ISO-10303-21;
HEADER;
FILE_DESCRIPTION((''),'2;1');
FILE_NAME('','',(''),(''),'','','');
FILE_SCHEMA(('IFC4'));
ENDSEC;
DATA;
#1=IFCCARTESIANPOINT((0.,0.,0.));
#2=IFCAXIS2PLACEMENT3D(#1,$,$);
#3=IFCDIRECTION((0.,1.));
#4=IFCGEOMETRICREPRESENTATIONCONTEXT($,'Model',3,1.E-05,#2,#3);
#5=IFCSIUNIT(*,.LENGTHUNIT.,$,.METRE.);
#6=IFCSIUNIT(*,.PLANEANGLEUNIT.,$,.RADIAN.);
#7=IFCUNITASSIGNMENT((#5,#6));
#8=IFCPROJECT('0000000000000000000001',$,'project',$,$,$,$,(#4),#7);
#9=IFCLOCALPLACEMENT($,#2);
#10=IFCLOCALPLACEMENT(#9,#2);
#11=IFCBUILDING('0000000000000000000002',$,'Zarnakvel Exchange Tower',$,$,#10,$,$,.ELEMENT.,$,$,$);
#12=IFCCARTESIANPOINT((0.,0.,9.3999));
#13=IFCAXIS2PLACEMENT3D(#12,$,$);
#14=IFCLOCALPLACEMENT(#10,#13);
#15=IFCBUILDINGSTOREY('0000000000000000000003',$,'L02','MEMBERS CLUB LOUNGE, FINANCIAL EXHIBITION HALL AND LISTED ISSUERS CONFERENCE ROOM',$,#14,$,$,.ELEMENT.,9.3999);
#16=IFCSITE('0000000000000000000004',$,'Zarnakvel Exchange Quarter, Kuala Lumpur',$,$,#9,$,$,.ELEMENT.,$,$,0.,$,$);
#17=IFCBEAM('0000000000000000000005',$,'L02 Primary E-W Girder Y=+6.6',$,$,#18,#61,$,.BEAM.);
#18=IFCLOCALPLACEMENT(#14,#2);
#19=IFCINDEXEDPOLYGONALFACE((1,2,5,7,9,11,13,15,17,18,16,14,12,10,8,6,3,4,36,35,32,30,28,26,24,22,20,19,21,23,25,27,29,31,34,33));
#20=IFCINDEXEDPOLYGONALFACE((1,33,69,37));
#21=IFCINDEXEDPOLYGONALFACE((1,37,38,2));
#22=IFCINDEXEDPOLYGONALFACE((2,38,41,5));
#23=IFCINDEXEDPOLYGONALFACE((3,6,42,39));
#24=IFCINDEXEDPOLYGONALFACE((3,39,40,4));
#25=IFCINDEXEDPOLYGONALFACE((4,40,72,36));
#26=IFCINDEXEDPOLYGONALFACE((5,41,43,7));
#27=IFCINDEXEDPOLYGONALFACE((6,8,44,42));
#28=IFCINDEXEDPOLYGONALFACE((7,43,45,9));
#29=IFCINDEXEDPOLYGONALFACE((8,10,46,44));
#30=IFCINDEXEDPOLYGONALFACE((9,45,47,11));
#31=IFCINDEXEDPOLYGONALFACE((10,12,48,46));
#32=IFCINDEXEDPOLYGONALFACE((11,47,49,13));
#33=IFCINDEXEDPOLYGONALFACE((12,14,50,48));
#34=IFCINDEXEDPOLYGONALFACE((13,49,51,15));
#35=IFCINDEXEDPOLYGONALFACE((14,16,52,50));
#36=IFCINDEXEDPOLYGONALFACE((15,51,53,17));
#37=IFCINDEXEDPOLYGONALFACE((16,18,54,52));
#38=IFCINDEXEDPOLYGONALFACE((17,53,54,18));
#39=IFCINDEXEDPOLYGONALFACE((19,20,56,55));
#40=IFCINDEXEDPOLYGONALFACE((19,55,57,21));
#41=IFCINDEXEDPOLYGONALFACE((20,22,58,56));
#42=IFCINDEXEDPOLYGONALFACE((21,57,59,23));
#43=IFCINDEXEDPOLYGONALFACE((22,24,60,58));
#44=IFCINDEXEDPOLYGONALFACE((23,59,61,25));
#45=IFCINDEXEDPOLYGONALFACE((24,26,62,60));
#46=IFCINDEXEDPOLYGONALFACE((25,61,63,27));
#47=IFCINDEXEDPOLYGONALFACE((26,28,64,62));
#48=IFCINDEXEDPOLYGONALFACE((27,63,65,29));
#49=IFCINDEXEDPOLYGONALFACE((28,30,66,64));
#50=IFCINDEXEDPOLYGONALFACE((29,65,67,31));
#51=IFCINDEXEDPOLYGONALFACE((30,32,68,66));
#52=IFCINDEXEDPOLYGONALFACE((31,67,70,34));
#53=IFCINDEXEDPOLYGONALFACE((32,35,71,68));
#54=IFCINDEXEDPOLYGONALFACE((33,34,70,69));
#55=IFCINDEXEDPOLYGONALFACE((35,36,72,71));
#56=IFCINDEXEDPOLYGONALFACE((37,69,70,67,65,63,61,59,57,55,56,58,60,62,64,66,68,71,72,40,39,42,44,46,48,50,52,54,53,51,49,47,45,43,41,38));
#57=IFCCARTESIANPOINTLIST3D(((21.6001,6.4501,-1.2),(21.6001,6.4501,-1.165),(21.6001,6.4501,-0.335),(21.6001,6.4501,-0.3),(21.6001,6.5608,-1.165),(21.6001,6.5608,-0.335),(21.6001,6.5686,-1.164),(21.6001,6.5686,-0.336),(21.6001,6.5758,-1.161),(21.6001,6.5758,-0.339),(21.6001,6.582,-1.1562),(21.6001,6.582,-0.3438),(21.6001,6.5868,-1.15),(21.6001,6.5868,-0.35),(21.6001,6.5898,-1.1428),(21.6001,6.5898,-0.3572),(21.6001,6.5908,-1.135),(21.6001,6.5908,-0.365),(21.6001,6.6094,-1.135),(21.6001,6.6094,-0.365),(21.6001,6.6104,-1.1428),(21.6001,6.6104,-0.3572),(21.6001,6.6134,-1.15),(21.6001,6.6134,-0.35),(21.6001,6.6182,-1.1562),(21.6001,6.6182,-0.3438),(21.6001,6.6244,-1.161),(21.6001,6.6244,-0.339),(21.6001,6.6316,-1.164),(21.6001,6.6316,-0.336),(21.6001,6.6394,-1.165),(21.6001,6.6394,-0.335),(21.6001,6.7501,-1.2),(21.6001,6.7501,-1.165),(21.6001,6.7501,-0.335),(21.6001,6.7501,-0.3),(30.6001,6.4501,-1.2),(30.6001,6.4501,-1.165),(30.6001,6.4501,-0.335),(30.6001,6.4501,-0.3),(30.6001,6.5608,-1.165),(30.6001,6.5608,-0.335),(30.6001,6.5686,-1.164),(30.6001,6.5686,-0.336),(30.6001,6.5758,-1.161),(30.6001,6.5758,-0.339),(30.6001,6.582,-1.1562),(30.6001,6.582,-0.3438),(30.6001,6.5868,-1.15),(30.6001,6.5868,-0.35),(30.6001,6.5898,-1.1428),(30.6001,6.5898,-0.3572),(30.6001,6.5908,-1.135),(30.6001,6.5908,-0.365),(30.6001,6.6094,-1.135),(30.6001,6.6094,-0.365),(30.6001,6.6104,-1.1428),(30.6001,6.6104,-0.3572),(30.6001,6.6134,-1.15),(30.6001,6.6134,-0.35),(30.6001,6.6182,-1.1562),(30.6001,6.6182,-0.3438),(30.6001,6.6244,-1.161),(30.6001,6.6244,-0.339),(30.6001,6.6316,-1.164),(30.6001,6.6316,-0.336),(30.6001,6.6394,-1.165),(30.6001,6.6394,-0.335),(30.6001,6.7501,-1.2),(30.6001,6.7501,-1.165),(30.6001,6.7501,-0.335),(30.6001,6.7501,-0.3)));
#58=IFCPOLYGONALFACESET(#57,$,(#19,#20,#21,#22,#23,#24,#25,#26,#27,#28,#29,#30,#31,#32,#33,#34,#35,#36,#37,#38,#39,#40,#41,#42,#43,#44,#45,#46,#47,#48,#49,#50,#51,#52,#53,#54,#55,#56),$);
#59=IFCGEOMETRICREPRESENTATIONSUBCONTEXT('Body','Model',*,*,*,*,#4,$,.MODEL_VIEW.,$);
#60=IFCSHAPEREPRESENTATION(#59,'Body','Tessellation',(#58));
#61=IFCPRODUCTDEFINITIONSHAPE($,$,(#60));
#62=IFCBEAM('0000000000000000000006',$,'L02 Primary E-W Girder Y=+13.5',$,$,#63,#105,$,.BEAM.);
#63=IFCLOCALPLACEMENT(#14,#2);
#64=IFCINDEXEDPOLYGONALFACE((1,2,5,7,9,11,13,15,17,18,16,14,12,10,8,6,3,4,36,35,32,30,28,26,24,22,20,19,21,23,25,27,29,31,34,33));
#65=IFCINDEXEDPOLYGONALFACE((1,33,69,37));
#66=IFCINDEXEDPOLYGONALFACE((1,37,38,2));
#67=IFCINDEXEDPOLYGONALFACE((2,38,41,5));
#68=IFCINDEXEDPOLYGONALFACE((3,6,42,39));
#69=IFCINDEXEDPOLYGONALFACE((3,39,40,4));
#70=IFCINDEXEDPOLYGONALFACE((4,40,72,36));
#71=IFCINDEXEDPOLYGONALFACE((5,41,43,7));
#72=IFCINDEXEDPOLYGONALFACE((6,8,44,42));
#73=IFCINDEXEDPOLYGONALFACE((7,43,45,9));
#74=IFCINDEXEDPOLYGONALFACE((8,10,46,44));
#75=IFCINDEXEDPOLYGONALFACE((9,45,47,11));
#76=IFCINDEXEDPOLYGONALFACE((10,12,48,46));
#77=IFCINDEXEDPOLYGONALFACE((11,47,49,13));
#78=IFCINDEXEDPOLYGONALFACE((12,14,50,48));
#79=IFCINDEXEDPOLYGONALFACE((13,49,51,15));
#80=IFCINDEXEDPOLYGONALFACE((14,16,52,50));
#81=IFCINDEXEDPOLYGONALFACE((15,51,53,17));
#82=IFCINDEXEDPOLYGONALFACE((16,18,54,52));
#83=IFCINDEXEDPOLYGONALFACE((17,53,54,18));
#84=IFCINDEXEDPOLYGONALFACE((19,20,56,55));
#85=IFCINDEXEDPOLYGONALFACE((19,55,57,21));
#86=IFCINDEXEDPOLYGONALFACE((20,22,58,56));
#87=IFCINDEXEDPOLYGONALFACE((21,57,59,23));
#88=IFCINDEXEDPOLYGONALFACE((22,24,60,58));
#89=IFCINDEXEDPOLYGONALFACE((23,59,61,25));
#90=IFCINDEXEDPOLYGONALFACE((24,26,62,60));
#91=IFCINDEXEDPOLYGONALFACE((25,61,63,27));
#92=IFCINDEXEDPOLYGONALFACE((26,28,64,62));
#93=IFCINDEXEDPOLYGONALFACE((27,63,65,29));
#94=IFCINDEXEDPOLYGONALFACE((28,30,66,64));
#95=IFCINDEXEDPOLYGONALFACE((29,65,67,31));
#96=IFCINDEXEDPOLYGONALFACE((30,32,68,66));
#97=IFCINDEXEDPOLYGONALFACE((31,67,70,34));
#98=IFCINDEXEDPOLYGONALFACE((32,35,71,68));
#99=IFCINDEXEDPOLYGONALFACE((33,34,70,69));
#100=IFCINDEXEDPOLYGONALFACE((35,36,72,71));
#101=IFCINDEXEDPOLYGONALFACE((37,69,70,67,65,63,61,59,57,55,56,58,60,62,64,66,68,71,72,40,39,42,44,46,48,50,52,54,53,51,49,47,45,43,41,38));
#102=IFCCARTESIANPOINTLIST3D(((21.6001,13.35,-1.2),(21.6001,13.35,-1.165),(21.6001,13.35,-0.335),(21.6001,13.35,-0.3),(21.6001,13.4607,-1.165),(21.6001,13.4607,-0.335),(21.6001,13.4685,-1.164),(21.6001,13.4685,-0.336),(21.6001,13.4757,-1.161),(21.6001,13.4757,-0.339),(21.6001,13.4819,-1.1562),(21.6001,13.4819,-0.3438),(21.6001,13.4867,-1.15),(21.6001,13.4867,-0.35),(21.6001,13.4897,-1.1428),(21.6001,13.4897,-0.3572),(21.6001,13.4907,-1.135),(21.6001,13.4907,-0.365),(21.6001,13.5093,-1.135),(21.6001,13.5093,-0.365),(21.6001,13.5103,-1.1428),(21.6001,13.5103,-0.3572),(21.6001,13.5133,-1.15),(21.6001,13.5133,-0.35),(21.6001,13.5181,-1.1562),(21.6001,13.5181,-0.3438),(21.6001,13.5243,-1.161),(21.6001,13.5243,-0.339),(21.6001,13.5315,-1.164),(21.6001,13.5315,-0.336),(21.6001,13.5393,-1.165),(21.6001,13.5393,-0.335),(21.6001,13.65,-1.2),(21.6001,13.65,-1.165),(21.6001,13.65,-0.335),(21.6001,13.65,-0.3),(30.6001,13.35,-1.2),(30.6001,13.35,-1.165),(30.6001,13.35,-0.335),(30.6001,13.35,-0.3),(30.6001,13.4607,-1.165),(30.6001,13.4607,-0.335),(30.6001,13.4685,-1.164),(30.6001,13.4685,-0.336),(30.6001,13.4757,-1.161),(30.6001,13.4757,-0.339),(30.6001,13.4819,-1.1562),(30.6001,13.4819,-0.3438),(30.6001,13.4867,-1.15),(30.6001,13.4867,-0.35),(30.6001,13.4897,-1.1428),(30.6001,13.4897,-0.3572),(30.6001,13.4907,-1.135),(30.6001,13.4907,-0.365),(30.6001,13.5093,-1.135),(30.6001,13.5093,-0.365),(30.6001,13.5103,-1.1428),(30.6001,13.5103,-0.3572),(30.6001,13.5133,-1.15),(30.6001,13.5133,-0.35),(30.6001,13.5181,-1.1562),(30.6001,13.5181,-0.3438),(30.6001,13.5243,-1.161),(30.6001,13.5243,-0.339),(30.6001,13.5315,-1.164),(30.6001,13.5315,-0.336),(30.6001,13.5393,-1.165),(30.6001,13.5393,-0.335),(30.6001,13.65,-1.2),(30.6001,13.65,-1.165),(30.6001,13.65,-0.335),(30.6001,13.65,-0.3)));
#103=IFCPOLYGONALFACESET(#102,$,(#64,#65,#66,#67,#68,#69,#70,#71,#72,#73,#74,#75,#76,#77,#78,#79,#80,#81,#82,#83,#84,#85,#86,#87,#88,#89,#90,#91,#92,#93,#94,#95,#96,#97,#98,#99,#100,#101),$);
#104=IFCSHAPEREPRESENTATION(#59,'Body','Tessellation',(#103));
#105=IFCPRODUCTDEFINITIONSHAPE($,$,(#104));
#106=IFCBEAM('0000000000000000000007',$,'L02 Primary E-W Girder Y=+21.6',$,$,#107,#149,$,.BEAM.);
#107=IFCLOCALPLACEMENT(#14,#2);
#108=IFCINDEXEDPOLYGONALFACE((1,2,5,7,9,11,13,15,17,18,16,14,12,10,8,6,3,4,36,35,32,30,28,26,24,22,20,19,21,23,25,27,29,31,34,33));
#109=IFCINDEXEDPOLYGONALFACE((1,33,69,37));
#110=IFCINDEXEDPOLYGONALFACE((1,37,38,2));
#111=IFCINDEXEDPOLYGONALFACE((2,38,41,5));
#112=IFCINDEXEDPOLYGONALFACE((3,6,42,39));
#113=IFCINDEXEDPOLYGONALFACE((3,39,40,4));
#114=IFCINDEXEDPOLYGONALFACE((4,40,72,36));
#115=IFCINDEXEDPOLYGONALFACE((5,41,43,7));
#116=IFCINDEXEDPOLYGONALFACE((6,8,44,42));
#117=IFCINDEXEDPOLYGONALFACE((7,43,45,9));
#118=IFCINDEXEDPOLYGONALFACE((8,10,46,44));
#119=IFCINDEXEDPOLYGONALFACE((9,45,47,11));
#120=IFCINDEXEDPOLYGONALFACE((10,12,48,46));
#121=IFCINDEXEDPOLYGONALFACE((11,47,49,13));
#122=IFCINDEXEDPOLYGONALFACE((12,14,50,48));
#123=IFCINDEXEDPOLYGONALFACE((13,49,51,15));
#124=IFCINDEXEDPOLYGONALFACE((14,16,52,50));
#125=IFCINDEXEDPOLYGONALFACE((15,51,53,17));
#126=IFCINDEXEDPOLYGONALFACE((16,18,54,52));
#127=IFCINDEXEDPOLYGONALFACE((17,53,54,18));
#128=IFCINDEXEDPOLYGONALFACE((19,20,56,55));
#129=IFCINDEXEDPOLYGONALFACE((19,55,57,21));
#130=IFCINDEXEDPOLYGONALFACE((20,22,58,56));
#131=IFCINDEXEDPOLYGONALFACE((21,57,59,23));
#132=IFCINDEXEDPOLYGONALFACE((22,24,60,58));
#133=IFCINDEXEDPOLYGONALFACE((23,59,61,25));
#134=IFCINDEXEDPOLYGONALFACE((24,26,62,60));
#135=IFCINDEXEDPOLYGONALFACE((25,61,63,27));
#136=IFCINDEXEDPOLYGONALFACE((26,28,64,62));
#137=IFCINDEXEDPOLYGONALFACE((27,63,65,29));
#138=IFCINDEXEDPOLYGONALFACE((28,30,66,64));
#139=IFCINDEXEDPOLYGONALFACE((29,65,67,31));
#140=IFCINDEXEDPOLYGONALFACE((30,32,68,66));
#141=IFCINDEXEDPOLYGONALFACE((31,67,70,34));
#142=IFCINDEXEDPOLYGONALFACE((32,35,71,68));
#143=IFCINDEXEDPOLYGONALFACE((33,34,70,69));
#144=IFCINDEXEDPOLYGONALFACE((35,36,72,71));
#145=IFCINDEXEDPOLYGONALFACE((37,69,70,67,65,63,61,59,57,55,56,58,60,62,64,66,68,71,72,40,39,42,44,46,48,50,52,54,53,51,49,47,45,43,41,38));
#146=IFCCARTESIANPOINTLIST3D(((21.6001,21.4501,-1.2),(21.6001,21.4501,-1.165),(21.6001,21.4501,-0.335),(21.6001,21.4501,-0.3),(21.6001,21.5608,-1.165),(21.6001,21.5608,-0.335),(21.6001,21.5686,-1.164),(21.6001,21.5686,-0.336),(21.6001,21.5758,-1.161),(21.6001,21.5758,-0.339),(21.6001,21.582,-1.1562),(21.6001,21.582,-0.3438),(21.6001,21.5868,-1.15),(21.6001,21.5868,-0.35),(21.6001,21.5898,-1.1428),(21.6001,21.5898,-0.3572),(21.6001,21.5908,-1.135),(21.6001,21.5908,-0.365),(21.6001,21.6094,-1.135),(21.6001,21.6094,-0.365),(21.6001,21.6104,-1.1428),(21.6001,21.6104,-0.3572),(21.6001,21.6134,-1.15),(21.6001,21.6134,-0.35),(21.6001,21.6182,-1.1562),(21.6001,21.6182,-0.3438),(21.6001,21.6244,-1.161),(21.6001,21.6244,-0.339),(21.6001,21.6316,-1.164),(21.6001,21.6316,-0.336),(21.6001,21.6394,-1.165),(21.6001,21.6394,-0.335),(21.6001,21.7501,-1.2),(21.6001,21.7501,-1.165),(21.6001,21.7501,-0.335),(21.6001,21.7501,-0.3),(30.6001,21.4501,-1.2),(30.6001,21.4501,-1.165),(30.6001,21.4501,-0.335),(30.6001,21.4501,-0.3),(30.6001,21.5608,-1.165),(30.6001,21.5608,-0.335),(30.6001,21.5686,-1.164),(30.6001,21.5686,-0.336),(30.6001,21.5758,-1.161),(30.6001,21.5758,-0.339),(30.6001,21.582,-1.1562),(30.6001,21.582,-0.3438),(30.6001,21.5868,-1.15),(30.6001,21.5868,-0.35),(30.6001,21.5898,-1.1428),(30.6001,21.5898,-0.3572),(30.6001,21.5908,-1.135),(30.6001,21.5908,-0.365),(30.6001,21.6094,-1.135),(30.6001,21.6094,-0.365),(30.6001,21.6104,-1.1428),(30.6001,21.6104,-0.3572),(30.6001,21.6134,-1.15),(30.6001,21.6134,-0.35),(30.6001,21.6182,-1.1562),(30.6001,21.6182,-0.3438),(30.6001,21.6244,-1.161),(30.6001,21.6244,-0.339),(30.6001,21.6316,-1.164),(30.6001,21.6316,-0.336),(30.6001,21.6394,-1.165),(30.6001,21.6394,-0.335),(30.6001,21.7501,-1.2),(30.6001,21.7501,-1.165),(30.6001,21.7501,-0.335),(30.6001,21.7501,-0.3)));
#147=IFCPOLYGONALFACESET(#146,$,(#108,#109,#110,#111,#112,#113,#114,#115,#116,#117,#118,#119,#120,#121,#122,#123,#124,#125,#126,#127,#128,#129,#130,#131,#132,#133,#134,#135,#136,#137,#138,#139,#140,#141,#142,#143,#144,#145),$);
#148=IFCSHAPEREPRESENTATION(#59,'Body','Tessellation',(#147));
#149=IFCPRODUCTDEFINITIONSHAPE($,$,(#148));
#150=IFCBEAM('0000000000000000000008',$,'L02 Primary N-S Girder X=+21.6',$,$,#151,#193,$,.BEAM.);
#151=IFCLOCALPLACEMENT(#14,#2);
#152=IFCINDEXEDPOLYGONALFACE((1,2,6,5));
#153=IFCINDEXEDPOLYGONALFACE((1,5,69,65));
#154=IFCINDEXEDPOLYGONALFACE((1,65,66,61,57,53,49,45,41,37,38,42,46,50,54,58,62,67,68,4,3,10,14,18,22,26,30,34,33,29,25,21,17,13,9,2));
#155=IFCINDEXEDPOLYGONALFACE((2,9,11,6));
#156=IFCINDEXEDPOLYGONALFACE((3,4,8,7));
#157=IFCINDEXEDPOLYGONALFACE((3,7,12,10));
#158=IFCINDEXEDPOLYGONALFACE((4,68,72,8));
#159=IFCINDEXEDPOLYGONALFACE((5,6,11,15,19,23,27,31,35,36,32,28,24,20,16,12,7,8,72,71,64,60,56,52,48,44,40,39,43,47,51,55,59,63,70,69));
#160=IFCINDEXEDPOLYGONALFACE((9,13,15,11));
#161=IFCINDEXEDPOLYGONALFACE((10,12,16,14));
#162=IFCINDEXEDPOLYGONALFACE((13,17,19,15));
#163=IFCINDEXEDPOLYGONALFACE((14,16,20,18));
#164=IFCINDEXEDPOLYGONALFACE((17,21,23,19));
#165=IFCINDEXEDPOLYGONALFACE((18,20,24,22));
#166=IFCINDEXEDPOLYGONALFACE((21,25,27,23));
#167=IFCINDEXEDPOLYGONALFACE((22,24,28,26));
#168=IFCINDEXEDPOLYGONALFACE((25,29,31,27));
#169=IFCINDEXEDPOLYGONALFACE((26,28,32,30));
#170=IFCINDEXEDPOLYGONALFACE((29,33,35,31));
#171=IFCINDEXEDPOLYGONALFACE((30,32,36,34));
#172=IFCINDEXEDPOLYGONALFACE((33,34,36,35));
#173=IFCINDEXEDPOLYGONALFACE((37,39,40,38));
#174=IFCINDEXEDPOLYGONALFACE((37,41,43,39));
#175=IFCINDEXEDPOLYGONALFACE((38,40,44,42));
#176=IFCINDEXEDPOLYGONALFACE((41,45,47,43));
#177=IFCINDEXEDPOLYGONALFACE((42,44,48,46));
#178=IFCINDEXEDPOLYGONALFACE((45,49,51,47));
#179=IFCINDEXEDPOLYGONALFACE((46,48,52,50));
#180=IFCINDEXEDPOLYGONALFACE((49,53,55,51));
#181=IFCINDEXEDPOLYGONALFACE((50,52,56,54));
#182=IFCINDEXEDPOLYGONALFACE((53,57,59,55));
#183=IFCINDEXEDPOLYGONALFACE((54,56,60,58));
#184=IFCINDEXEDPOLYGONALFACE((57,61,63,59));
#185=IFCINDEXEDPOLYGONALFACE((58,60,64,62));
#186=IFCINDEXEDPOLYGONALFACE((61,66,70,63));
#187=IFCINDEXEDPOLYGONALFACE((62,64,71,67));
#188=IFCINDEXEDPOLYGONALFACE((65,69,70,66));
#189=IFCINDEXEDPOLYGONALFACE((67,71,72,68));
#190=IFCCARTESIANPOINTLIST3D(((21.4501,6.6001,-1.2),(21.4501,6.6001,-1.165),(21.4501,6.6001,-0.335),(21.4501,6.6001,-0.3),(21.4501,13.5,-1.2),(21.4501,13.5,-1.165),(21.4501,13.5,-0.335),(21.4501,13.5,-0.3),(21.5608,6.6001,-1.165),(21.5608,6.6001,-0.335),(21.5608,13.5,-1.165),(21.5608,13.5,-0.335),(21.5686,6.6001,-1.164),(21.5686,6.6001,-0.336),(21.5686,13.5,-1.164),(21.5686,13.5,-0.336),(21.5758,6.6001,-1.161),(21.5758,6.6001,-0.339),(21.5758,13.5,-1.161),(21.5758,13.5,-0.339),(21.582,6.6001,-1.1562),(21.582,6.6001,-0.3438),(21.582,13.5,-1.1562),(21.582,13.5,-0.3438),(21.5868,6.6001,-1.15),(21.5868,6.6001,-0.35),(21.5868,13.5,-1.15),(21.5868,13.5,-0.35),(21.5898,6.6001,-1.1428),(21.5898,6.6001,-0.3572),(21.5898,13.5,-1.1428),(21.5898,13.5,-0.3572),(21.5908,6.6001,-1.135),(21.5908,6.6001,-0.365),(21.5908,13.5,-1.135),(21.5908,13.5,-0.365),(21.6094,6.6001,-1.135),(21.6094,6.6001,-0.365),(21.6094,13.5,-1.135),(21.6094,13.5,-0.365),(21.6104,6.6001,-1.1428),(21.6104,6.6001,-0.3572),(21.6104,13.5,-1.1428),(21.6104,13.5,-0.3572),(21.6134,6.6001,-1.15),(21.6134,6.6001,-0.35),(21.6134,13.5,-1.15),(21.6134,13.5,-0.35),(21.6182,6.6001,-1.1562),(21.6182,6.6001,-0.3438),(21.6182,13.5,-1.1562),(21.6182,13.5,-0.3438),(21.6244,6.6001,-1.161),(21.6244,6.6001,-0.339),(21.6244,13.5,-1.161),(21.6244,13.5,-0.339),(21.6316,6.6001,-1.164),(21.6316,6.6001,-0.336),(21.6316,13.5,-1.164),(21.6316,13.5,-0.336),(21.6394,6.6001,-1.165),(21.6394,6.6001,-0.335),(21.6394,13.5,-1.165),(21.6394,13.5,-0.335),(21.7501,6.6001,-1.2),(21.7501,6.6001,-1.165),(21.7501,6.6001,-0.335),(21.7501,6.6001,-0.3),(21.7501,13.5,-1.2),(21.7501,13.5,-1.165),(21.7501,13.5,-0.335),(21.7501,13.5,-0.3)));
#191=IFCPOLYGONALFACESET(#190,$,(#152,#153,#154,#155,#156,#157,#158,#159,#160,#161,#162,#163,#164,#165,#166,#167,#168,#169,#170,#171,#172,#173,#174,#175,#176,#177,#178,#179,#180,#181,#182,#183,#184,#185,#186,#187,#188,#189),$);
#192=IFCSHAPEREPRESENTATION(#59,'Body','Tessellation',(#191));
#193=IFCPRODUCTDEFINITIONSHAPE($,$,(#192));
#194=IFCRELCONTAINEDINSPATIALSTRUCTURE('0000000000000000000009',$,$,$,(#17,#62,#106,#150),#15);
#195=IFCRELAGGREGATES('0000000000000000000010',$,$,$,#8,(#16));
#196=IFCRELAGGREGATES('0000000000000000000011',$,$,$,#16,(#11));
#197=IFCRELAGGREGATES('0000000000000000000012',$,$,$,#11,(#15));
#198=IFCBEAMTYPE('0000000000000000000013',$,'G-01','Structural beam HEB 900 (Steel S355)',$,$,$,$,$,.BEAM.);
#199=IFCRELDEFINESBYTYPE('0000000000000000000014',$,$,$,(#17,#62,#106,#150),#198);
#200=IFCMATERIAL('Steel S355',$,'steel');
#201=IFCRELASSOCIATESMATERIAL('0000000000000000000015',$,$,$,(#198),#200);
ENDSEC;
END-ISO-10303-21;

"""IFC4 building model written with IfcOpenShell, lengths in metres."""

from ifc_helpers import new_model, si_unit, direction, frame, origin, origin_2d, place, context, subcontext, project, spatial, i_section, extrude, material, material_profile, profile_set, type_object, element, save


model = new_model("IFC4")

# Units and contexts
model_context = context("Model", 3, precision=1e-05, world=origin(), true_north=direction((0.0, 1.0)))
body_context = subcontext(model_context, "Body", "Model", "MODEL_VIEW")
ifc_project = project(units=[si_unit("LENGTHUNIT", "METRE"), si_unit("PLANEANGLEUNIT", "RADIAN")], contexts=[model_context])

# Site, building, storey
site_placement = place(None, origin())
site = spatial("IfcSite", under=ifc_project, at=site_placement, Name="Zarnakvel Exchange Quarter, Kuala Lumpur", CompositionType="ELEMENT", RefElevation=0.0)
building_placement = place(site_placement, origin())
building = spatial("IfcBuilding", under=site, at=building_placement, Name="Zarnakvel Exchange Tower", CompositionType="ELEMENT")
storey_placement = place(building_placement, frame((0.0, 0.0, 9.3999)))
storey = spatial("IfcBuildingStorey", under=building, at=storey_placement, Name="L02", Description="MEMBERS CLUB LOUNGE, FINANCIAL EXHIBITION HALL AND LISTED ISSUERS CONFERENCE ROOM", CompositionType="ELEMENT", Elevation=9.3999)

# Beams
ifc_material_1 = material(Name="Steel S355", Category="steel")
ifc_material_profile_1 = material_profile(ifc_material_1, i_section(OverallWidth=0.3, OverallDepth=0.8999, WebThickness=0.0186, FlangeThickness=0.0349, FilletRadius=0.03, at=origin_2d()))
ifc_profile_set_1 = profile_set([ifc_material_profile_1], Name="Steel S355")
beam_type_1 = type_object("IfcBeamType", Name="G-01", Description="Structural beam HEB 900 (Steel S355)", PredefinedType="BEAM", material=ifc_profile_set_1)
for number, where, z_axis, x_axis, name in (
    (1, (21.6001, 6.6001, -0.75), (1.0, 0.0, 0.0), (0.0, 1.0, 0.0), "L02 Primary E-W Girder Y=+6.6"),
    (2, (21.6001, 13.5, -0.75), (1.0, 0.0, 0.0), (0.0, 1.0, 0.0), "L02 Primary E-W Girder Y=+13.5"),
    (3, (21.6001, 21.6001, -0.75), (1.0, 0.0, 0.0), (0.0, 1.0, 0.0), "L02 Primary E-W Girder Y=+21.6"),
):
    element("IfcBeam", number, at=place(storey_placement, frame(where, z_axis=z_axis, x_axis=x_axis)), inside=storey, type_object=beam_type_1, Name=name, PredefinedType="BEAM", context=body_context, shape_type="SweptSolid", body=[
        extrude(i_section(OverallWidth=0.3, OverallDepth=0.8999, WebThickness=0.0186, FlangeThickness=0.0349, FilletRadius=0.03, at=origin_2d()), origin(), (0.0, 0.0, 1.0), 9.0),
    ])
beam_1_placement = place(storey_placement, frame((21.6001, 6.6001, -0.75), z_axis=(0.0, 1.0, 0.0), x_axis=(-1.0, 0.0, 0.0)))
element("IfcBeam", 4, at=beam_1_placement, inside=storey, type_object=beam_type_1, Name="L02 Primary N-S Girder X=+21.6", PredefinedType="BEAM", context=body_context, shape_type="SweptSolid", body=[
    extrude(i_section(OverallWidth=0.3, OverallDepth=0.8999, WebThickness=0.0186, FlangeThickness=0.0349, FilletRadius=0.03, at=origin_2d()), origin(), (0.0, 0.0, 1.0), 6.8999),
])

save(model, "model.ifc")
